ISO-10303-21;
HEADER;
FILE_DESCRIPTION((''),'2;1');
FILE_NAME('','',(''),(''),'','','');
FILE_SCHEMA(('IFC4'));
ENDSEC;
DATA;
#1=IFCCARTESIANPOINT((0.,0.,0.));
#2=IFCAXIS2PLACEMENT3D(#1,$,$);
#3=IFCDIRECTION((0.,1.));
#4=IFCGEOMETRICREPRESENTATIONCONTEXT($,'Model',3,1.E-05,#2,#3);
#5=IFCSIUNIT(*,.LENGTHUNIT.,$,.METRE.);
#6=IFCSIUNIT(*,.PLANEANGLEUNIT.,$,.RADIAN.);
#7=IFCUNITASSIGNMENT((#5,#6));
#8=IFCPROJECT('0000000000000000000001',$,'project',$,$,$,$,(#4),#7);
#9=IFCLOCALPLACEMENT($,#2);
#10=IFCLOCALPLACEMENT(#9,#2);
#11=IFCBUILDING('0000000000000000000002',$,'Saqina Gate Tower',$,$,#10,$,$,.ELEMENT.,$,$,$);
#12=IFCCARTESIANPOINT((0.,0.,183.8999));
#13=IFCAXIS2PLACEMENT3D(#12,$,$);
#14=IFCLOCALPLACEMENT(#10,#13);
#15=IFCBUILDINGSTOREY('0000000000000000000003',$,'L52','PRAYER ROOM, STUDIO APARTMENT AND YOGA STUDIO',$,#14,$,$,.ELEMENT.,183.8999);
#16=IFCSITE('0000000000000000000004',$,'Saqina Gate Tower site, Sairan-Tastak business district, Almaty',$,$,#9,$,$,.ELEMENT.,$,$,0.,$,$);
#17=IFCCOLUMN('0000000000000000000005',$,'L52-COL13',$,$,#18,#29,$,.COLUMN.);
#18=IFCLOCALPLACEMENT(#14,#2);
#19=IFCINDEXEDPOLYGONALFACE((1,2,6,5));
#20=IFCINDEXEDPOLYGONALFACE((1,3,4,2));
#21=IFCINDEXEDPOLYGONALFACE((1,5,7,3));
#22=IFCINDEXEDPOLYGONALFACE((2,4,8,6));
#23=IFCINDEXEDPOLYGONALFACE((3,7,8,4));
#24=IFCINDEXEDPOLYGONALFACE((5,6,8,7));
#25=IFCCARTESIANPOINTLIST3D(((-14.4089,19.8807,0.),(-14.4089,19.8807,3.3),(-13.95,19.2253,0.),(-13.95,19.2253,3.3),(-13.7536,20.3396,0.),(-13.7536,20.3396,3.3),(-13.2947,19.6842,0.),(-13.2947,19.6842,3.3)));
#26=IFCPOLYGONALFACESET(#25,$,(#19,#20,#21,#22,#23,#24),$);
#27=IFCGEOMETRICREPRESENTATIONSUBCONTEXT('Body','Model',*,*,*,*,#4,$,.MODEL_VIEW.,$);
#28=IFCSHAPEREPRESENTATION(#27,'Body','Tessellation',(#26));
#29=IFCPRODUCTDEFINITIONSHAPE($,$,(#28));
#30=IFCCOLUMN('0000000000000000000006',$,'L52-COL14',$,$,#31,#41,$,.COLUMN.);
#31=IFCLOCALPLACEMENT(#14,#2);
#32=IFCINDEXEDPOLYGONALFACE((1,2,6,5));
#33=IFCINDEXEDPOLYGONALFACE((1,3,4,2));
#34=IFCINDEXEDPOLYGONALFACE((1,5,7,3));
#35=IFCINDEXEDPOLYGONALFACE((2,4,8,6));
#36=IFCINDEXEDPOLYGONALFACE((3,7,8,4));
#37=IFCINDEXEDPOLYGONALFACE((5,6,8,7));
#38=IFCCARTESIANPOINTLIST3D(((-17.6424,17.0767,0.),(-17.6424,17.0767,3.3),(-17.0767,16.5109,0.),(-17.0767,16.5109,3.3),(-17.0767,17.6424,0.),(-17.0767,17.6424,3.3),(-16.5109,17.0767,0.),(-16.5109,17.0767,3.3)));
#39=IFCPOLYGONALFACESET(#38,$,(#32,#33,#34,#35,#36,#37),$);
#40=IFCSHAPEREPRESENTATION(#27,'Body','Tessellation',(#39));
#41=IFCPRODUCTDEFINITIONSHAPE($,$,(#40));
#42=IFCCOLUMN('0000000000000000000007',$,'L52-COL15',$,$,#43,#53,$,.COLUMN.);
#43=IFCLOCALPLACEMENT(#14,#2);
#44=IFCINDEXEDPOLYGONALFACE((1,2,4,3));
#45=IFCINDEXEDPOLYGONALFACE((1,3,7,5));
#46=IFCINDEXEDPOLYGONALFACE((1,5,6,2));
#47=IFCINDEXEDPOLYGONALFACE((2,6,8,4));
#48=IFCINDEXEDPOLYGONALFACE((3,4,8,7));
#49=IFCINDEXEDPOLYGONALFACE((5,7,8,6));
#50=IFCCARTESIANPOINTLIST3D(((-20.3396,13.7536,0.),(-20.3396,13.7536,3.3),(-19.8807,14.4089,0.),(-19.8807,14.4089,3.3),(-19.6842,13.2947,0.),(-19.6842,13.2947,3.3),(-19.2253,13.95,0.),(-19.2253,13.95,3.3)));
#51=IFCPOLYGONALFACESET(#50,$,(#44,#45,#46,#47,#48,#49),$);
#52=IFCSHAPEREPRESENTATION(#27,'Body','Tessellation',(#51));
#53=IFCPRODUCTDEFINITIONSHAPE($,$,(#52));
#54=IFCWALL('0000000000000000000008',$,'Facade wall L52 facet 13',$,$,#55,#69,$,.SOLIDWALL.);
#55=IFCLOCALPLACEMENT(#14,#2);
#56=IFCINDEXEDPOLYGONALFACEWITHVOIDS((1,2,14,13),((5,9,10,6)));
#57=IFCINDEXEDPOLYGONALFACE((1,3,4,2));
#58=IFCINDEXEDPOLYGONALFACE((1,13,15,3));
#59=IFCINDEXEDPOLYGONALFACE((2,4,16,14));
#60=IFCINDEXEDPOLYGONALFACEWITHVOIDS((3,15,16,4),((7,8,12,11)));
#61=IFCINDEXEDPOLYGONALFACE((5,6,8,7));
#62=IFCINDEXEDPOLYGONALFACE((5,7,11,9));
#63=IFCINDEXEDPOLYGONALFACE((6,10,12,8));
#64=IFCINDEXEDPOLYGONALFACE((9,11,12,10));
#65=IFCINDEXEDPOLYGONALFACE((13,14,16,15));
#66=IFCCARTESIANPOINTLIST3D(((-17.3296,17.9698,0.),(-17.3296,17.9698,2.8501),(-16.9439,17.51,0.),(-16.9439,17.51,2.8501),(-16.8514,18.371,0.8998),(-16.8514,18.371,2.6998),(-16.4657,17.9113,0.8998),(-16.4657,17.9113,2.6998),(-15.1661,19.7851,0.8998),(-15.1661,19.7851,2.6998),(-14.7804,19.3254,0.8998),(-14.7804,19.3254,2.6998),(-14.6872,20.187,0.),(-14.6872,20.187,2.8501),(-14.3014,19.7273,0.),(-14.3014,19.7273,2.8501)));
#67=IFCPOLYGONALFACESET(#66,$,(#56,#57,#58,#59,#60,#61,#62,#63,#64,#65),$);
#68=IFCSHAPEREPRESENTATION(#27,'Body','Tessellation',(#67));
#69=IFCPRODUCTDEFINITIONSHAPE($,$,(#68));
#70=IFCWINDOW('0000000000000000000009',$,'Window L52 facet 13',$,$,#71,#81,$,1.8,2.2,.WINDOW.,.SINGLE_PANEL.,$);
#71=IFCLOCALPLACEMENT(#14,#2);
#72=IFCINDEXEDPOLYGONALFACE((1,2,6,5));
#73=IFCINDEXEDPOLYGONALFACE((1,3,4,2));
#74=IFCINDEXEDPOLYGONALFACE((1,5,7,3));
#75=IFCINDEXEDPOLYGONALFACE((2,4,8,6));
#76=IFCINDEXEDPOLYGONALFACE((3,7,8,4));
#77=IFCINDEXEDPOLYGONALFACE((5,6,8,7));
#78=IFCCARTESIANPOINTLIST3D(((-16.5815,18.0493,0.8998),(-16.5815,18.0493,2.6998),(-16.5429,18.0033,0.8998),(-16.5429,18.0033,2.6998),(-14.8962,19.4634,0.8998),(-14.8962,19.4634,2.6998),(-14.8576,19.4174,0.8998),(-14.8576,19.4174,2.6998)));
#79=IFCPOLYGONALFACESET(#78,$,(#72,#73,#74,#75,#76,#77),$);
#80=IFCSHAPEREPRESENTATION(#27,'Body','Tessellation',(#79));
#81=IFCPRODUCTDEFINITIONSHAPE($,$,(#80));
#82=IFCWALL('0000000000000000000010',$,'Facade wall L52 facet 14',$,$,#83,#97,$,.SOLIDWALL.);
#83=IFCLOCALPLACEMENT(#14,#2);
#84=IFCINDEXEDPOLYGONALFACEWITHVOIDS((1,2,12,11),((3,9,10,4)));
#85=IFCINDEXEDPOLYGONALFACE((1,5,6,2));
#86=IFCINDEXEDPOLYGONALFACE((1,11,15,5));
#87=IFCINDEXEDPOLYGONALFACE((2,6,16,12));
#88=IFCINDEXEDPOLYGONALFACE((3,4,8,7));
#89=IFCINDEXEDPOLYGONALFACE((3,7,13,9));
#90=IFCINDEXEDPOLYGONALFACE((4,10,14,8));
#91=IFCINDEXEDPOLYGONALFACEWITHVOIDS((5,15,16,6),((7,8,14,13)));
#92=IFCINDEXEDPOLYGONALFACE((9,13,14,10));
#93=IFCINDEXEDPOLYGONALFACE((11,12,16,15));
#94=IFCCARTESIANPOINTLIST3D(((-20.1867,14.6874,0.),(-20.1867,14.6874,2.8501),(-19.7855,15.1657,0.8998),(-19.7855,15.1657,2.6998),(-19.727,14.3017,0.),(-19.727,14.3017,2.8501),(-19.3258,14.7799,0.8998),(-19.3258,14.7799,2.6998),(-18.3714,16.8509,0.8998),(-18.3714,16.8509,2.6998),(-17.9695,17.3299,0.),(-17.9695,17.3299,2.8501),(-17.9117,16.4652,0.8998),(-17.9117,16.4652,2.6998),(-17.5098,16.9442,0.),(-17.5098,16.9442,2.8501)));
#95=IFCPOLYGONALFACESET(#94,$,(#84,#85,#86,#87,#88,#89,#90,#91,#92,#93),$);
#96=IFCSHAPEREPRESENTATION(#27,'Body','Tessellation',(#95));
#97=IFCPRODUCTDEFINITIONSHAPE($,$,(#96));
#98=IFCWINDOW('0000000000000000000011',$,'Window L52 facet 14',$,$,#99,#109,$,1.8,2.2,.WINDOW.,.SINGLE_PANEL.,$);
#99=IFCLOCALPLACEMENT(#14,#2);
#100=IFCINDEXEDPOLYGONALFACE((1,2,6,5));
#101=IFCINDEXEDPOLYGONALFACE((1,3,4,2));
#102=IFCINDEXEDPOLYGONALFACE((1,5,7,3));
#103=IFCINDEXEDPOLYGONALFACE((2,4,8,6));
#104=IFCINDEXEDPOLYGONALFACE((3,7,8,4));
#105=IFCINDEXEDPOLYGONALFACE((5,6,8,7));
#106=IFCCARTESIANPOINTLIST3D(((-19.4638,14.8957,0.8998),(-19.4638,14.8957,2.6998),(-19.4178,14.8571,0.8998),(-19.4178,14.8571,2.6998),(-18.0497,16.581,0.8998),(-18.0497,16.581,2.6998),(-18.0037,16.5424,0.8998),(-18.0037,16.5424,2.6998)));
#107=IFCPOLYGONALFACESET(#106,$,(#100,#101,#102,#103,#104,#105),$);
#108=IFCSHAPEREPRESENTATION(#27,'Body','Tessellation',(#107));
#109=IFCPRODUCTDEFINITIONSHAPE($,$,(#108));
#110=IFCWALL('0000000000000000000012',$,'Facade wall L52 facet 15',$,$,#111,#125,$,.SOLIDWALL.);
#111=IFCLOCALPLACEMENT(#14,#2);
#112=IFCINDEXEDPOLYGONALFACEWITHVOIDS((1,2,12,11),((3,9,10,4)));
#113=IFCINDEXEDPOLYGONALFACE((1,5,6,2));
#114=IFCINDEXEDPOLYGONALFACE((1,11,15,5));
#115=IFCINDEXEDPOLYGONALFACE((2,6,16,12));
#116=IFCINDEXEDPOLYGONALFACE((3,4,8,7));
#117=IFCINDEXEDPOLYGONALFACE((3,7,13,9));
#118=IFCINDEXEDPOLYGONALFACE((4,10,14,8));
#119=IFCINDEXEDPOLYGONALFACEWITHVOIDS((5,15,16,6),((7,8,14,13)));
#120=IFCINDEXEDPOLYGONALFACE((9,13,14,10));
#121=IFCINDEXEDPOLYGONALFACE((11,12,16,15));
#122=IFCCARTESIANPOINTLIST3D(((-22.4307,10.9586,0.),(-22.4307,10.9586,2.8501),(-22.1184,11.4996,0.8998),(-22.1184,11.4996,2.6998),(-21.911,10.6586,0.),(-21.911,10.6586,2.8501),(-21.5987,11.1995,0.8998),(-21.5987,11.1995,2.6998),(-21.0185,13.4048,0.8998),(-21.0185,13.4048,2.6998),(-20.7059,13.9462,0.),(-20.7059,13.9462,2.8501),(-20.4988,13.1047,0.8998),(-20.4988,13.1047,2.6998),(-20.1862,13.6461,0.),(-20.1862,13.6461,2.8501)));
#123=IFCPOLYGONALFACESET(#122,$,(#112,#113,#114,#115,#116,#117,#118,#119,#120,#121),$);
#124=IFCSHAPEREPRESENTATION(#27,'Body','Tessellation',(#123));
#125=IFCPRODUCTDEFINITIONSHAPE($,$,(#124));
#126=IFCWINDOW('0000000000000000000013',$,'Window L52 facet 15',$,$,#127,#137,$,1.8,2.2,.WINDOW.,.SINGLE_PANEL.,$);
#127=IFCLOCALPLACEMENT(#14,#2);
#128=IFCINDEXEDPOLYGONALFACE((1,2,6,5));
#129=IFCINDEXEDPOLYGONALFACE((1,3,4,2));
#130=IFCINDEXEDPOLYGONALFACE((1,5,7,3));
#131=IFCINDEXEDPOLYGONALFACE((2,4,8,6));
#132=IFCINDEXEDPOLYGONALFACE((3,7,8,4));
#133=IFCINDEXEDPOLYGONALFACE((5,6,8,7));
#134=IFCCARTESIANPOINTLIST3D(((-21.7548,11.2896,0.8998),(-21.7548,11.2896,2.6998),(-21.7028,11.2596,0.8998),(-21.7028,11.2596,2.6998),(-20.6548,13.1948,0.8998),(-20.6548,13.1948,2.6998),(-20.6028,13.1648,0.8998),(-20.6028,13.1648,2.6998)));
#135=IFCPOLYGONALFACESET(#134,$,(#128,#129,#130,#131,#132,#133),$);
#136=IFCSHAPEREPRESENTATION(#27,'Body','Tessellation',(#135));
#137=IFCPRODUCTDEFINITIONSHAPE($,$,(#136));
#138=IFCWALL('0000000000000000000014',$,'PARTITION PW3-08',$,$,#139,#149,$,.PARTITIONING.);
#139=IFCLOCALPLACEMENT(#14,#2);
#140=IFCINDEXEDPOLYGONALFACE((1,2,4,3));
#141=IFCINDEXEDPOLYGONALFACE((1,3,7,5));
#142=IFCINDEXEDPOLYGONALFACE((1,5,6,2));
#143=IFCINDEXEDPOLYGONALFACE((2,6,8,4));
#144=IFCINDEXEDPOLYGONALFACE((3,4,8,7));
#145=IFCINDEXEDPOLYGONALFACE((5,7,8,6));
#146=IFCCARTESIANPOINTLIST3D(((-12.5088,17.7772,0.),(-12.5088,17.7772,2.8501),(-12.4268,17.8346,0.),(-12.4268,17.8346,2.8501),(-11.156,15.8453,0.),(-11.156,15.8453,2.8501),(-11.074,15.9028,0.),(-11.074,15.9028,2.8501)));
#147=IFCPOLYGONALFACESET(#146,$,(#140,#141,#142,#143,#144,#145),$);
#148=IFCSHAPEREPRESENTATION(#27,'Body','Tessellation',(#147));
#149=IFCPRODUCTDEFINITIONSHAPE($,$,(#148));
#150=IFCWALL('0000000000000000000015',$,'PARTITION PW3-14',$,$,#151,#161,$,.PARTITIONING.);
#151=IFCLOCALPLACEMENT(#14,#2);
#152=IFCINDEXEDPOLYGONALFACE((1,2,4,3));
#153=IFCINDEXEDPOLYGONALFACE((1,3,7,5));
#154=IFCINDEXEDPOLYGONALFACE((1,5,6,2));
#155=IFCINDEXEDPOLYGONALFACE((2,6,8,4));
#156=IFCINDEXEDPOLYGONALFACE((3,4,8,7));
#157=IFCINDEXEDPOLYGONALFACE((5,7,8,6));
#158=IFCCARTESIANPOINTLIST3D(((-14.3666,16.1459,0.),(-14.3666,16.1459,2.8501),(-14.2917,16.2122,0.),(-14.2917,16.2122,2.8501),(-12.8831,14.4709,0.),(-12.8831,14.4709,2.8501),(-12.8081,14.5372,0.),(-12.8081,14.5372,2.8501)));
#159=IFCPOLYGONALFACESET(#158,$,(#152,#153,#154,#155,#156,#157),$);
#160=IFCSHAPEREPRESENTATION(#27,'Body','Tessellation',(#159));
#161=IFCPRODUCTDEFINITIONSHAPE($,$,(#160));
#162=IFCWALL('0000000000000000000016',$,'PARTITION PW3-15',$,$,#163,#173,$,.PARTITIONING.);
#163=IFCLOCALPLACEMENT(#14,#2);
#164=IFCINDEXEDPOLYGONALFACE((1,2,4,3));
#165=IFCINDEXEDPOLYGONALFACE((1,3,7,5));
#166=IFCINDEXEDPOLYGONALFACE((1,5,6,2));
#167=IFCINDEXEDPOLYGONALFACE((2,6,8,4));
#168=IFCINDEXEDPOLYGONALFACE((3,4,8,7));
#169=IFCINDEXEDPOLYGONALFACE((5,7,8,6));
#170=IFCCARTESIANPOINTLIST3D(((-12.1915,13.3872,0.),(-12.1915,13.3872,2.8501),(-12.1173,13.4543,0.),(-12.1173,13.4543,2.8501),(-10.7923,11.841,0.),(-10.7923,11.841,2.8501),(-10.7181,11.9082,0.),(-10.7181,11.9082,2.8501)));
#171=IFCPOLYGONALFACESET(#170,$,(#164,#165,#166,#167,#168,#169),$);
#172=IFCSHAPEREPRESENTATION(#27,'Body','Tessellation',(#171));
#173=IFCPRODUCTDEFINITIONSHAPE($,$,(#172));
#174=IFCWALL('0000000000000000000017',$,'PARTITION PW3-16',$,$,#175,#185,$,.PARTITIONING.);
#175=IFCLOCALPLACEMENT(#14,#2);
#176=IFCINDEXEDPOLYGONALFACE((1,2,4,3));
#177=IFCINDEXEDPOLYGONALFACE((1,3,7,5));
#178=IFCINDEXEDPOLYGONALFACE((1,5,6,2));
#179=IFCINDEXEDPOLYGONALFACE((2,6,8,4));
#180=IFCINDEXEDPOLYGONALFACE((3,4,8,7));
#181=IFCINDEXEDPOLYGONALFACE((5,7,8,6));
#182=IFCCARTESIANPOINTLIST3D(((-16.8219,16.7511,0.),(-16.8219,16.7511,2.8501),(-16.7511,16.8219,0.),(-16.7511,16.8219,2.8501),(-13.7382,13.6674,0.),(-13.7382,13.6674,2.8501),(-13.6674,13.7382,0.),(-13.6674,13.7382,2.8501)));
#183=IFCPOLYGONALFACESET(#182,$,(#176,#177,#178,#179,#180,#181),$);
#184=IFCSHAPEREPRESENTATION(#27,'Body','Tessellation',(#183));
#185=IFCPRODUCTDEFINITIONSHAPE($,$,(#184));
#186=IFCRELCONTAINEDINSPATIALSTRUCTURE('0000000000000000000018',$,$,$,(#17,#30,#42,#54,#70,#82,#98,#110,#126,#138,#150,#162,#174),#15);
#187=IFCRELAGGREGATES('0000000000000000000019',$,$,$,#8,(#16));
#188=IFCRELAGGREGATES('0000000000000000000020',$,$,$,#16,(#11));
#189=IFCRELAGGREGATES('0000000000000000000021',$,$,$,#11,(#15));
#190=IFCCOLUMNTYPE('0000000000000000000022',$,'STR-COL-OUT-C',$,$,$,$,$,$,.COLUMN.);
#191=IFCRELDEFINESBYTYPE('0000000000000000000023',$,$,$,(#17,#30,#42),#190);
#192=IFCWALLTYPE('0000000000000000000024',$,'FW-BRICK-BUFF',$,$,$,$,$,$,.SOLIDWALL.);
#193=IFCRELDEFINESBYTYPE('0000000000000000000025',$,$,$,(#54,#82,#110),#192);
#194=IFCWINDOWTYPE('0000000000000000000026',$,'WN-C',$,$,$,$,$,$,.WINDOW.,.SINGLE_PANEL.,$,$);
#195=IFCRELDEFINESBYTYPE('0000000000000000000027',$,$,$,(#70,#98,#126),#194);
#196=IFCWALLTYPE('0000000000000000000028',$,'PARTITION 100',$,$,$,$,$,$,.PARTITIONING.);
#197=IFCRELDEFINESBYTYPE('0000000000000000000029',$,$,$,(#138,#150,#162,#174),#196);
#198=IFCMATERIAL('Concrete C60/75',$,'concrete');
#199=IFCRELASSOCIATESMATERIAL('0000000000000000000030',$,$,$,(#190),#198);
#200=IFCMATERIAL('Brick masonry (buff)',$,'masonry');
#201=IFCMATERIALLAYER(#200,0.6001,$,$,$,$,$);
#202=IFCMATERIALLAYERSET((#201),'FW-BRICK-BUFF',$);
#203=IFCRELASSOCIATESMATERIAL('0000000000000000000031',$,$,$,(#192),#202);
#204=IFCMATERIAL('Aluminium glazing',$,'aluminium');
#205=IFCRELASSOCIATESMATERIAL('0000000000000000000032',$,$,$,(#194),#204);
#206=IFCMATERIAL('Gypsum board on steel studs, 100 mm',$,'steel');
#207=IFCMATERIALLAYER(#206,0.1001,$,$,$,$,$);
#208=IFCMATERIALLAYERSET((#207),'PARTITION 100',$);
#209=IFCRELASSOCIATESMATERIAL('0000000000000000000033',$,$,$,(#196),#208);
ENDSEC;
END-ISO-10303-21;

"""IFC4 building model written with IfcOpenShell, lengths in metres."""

from ifc_helpers import new_model, si_unit, direction, frame, frame_2d, origin, origin_2d, place, context, subcontext, project, spatial, rectangle, extrude, material, layer, layer_set, material_profile, profile_set, type_object, element, fill, save


model = new_model("IFC4")

# Units and contexts
model_context = context("Model", 3, precision=1e-05, world=origin(), true_north=direction((0.0, 1.0)))
body_context = subcontext(model_context, "Body", "Model", "MODEL_VIEW")
ifc_project = project(units=[si_unit("LENGTHUNIT", "METRE"), si_unit("PLANEANGLEUNIT", "RADIAN")], contexts=[model_context])

# Site, building, storey
site_placement = place(None, origin())
site = spatial("IfcSite", under=ifc_project, at=site_placement, Name="Saqina Gate Tower site, Sairan-Tastak business district, Almaty", CompositionType="ELEMENT", RefElevation=0.0)
building_placement = place(site_placement, origin())
building = spatial("IfcBuilding", under=site, at=building_placement, Name="Saqina Gate Tower", CompositionType="ELEMENT")
storey_placement = place(building_placement, frame((0.0, 0.0, 183.8999)))
storey = spatial("IfcBuildingStorey", under=building, at=storey_placement, Name="L52", Description="PRAYER ROOM, STUDIO APARTMENT AND YOGA STUDIO", CompositionType="ELEMENT", Elevation=183.8999)

# Columns
ifc_material_1 = material(Name="Concrete C60/75", Category="concrete")
ifc_material_profile = material_profile(ifc_material_1, rectangle(XDim=0.8, YDim=0.8, at=origin_2d()), Name="RC 800x800")
ifc_profile_set = profile_set([ifc_material_profile], Name="Concrete C60/75")
column_type = type_object("IfcColumnType", Name="STR-COL-OUT-C", PredefinedType="COLUMN", material=ifc_profile_set)
for number, where, z_axis, x_axis, name in (
    (1, (-13.8518, 19.7825, 0.0), (0.0, 0.0, 1.0), (-0.573576, 0.819152, 0.0), "L52-COL13"),
    (2, (-17.0767, 17.0767, 0.0), (0.0, 0.0, 1.0), (-0.707107, 0.707107, 0.0), "L52-COL14"),
    (3, (-19.7825, 13.8518, 0.0), (0.0, 0.0, 1.0), (-0.819152, 0.573576, 0.0), "L52-COL15"),
):
    element("IfcColumn", number, at=place(storey_placement, frame(where, z_axis=z_axis, x_axis=x_axis)), inside=storey, type_object=column_type, Name=name, PredefinedType="COLUMN", context=body_context, shape_type="SweptSolid", body=[
        extrude(rectangle(XDim=0.8, YDim=0.8, at=origin_2d()), origin(), (0.0, 0.0, 1.0), 3.3),
    ])

# Walls, openings, windows
ifc_material_2 = material(Name="Brick masonry (buff)", Category="masonry")
ifc_layer_1 = layer(ifc_material_2, 0.6001)
ifc_layer_set_1 = layer_set([ifc_layer_1], Name="FW-BRICK-BUFF")
wall_type_1 = type_object("IfcWallType", Name="FW-BRICK-BUFF", PredefinedType="SOLIDWALL", material=ifc_layer_set_1)
wall_1_placement = place(storey_placement, frame((-14.4944, 19.957, 0.0), z_axis=(0.0, 0.0, 1.0), x_axis=(-0.766059, -0.64277, 0.0)))
wall_1 = element("IfcWall", 4, at=wall_1_placement, inside=storey, type_object=wall_type_1, Name="Facade wall L52 facet 13", PredefinedType="SOLIDWALL", context=body_context, shape_type="SweptSolid", body=[
    extrude(rectangle(XDim=3.4495, YDim=0.6001, at=frame_2d((1.7246, 0.0))), origin(), (0.0, 0.0, 1.0), 2.8501),
])
opening_1_placement = place(wall_1_placement, frame((0.625, 0.0, 0.8999)))
opening_1 = element("IfcOpeningElement", 5, at=opening_1_placement, cuts=wall_1, PredefinedType="OPENING", context=body_context, shape_type="SweptSolid", body=[
    extrude(rectangle(XDim=2.2, YDim=1.8, at=frame_2d((1.1001, 0.8999))), frame((0.0, 0.312, 0.0), z_axis=(0.0, -1.0, 0.0), x_axis=(1.0, 0.0, 0.0)), (0.0, 0.0, 1.0), 0.624),
])
ifc_material_3 = material(Name="Aluminium glazing", Category="aluminium")
window_type = type_object("IfcWindowType", Name="WN-C", PartitioningType="SINGLE_PANEL", PredefinedType="WINDOW", material=ifc_material_3)
window_1_placement = place(opening_1_placement, origin())
window_1 = element("IfcWindow", 6, at=window_1_placement, inside=storey, type_object=window_type, Name="Window L52 facet 13", OverallHeight=1.8, OverallWidth=2.2, PartitioningType="SINGLE_PANEL", PredefinedType="WINDOW", context=body_context, shape_type="SweptSolid", body=[
    extrude(rectangle(XDim=2.2, YDim=1.8, at=frame_2d((1.1001, 0.8999))), frame((0.0, 0.1799, 0.0), z_axis=(0.0, -1.0, 0.0), x_axis=(1.0, 0.0, 0.0)), (0.0, 0.0, 1.0), 0.0601),
])
fill(opening_1, window_1)
wall_2_placement = place(storey_placement, frame((-17.7397, 17.137, 0.0), z_axis=(0.0, 0.0, 1.0), x_axis=(-0.64277, -0.766059, 0.0)))
wall_2 = element("IfcWall", 7, at=wall_2_placement, inside=storey, type_object=wall_type_1, Name="Facade wall L52 facet 14", PredefinedType="SOLIDWALL", context=body_context, shape_type="SweptSolid", body=[
    extrude(rectangle(XDim=3.4495, YDim=0.6001, at=frame_2d((1.7246, 0.0))), origin(), (0.0, 0.0, 1.0), 2.8501),
])
opening_2_placement = place(wall_2_placement, frame((0.625, 0.0, 0.8999)))
opening_2 = element("IfcOpeningElement", 8, at=opening_2_placement, cuts=wall_2, PredefinedType="OPENING", context=body_context, shape_type="SweptSolid", body=[
    extrude(rectangle(XDim=2.2, YDim=1.8, at=frame_2d((1.1001, 0.8999))), frame((0.0, 0.312, 0.0), z_axis=(0.0, -1.0, 0.0), x_axis=(1.0, 0.0, 0.0)), (0.0, 0.0, 1.0), 0.624),
])
window_2_placement = place(opening_2_placement, origin())
window_2 = element("IfcWindow", 9, at=window_2_placement, inside=storey, type_object=window_type, Name="Window L52 facet 14", OverallHeight=1.8, OverallWidth=2.2, PartitioningType="SINGLE_PANEL", PredefinedType="WINDOW", context=body_context, shape_type="SweptSolid", body=[
    extrude(rectangle(XDim=2.2, YDim=1.8, at=frame_2d((1.1001, 0.8999))), frame((0.0, 0.1799, 0.0), z_axis=(0.0, -1.0, 0.0), x_axis=(1.0, 0.0, 0.0)), (0.0, 0.0, 1.0), 0.0601),
])
fill(opening_2, window_2)
wall_3_placement = place(storey_placement, frame((-20.446, 13.7961, 0.0), z_axis=(0.0, 0.0, 1.0), x_axis=(-0.499998, -0.866026, 0.0)))
wall_3 = element("IfcWall", 10, at=wall_3_placement, inside=storey, type_object=wall_type_1, Name="Facade wall L52 facet 15", PredefinedType="SOLIDWALL", context=body_context, shape_type="SweptSolid", body=[
    extrude(rectangle(XDim=3.4497, YDim=0.6001, at=frame_2d((1.7249, 0.0))), origin(), (0.0, 0.0, 1.0), 2.8501),
])
opening_3_placement = place(wall_3_placement, frame((0.625, 0.0, 0.8999)))
opening_3 = element("IfcOpeningElement", 11, at=opening_3_placement, cuts=wall_3, PredefinedType="OPENING", context=body_context, shape_type="SweptSolid", body=[
    extrude(rectangle(XDim=2.2, YDim=1.8, at=frame_2d((1.1001, 0.8999))), frame((0.0, 0.312, 0.0), z_axis=(0.0, -1.0, 0.0), x_axis=(1.0, 0.0, 0.0)), (0.0, 0.0, 1.0), 0.624),
])
window_3_placement = place(opening_3_placement, origin())
window_3 = element("IfcWindow", 12, at=window_3_placement, inside=storey, type_object=window_type, Name="Window L52 facet 15", OverallHeight=1.8, OverallWidth=2.2, PartitioningType="SINGLE_PANEL", PredefinedType="WINDOW", context=body_context, shape_type="SweptSolid", body=[
    extrude(rectangle(XDim=2.2, YDim=1.8, at=frame_2d((1.1001, 0.8999))), frame((0.0, 0.1799, 0.0), z_axis=(0.0, -1.0, 0.0), x_axis=(1.0, 0.0, 0.0)), (0.0, 0.0, 1.0), 0.0601),
])
fill(opening_3, window_3)

# Walls
ifc_material_4 = material(Name="Gypsum board on steel studs, 100 mm", Category="steel")
ifc_layer_2 = layer(ifc_material_4, 0.1001)
ifc_layer_set_2 = layer_set([ifc_layer_2], Name="PARTITION 100")
wall_type_2 = type_object("IfcWallType", Name="PARTITION 100", PredefinedType="PARTITIONING", material=ifc_layer_set_2)
wall_4_placement = place(storey_placement, frame((-12.4678, 17.8059, 0.0), z_axis=(0.0, 0.0, 1.0), x_axis=(0.573594, -0.81914, 0.0)))
element("IfcWall", 13, at=wall_4_placement, inside=storey, type_object=wall_type_2, Name="PARTITION PW3-08", PredefinedType="PARTITIONING", context=body_context, shape_type="SweptSolid", body=[
    extrude(rectangle(XDim=2.3584, YDim=0.1001, at=frame_2d((1.1792, 0.0))), origin(), (0.0, 0.0, 1.0), 2.8501),
])
wall_5_placement = place(storey_placement, frame((-14.3291, 16.179, 0.0), z_axis=(0.0, 0.0, 1.0), x_axis=(0.663042, -0.748582, 0.0)))
element("IfcWall", 14, at=wall_5_placement, inside=storey, type_object=wall_type_2, Name="PARTITION PW3-14", PredefinedType="PARTITIONING", context=body_context, shape_type="SweptSolid", body=[
    extrude(rectangle(XDim=2.2375, YDim=0.1001, at=frame_2d((1.1187, 0.0))), origin(), (0.0, 0.0, 1.0), 2.8501),
])
wall_6_placement = place(storey_placement, frame((-12.1543, 13.4207, 0.0), z_axis=(0.0, 0.0, 1.0), x_axis=(0.670987, -0.741469, 0.0)))
element("IfcWall", 15, at=wall_6_placement, inside=storey, type_object=wall_type_2, Name="PARTITION PW3-15", PredefinedType="PARTITIONING", context=body_context, shape_type="SweptSolid", body=[
    extrude(rectangle(XDim=2.0852, YDim=0.1001, at=frame_2d((1.0425, 0.0))), origin(), (0.0, 0.0, 1.0), 2.8501),
])
wall_7_placement = place(storey_placement, frame((-16.7866, 16.7866, 0.0), z_axis=(0.0, 0.0, 1.0), x_axis=(0.707107, -0.707107, 0.0)))
element("IfcWall", 16, at=wall_7_placement, inside=storey, type_object=wall_type_2, Name="PARTITION PW3-16", PredefinedType="PARTITIONING", context=body_context, shape_type="SweptSolid", body=[
    extrude(rectangle(XDim=4.3611, YDim=0.1001, at=frame_2d((2.1807, 0.0))), origin(), (0.0, 0.0, 1.0), 2.8501),
])

save(model, "model.ifc")
